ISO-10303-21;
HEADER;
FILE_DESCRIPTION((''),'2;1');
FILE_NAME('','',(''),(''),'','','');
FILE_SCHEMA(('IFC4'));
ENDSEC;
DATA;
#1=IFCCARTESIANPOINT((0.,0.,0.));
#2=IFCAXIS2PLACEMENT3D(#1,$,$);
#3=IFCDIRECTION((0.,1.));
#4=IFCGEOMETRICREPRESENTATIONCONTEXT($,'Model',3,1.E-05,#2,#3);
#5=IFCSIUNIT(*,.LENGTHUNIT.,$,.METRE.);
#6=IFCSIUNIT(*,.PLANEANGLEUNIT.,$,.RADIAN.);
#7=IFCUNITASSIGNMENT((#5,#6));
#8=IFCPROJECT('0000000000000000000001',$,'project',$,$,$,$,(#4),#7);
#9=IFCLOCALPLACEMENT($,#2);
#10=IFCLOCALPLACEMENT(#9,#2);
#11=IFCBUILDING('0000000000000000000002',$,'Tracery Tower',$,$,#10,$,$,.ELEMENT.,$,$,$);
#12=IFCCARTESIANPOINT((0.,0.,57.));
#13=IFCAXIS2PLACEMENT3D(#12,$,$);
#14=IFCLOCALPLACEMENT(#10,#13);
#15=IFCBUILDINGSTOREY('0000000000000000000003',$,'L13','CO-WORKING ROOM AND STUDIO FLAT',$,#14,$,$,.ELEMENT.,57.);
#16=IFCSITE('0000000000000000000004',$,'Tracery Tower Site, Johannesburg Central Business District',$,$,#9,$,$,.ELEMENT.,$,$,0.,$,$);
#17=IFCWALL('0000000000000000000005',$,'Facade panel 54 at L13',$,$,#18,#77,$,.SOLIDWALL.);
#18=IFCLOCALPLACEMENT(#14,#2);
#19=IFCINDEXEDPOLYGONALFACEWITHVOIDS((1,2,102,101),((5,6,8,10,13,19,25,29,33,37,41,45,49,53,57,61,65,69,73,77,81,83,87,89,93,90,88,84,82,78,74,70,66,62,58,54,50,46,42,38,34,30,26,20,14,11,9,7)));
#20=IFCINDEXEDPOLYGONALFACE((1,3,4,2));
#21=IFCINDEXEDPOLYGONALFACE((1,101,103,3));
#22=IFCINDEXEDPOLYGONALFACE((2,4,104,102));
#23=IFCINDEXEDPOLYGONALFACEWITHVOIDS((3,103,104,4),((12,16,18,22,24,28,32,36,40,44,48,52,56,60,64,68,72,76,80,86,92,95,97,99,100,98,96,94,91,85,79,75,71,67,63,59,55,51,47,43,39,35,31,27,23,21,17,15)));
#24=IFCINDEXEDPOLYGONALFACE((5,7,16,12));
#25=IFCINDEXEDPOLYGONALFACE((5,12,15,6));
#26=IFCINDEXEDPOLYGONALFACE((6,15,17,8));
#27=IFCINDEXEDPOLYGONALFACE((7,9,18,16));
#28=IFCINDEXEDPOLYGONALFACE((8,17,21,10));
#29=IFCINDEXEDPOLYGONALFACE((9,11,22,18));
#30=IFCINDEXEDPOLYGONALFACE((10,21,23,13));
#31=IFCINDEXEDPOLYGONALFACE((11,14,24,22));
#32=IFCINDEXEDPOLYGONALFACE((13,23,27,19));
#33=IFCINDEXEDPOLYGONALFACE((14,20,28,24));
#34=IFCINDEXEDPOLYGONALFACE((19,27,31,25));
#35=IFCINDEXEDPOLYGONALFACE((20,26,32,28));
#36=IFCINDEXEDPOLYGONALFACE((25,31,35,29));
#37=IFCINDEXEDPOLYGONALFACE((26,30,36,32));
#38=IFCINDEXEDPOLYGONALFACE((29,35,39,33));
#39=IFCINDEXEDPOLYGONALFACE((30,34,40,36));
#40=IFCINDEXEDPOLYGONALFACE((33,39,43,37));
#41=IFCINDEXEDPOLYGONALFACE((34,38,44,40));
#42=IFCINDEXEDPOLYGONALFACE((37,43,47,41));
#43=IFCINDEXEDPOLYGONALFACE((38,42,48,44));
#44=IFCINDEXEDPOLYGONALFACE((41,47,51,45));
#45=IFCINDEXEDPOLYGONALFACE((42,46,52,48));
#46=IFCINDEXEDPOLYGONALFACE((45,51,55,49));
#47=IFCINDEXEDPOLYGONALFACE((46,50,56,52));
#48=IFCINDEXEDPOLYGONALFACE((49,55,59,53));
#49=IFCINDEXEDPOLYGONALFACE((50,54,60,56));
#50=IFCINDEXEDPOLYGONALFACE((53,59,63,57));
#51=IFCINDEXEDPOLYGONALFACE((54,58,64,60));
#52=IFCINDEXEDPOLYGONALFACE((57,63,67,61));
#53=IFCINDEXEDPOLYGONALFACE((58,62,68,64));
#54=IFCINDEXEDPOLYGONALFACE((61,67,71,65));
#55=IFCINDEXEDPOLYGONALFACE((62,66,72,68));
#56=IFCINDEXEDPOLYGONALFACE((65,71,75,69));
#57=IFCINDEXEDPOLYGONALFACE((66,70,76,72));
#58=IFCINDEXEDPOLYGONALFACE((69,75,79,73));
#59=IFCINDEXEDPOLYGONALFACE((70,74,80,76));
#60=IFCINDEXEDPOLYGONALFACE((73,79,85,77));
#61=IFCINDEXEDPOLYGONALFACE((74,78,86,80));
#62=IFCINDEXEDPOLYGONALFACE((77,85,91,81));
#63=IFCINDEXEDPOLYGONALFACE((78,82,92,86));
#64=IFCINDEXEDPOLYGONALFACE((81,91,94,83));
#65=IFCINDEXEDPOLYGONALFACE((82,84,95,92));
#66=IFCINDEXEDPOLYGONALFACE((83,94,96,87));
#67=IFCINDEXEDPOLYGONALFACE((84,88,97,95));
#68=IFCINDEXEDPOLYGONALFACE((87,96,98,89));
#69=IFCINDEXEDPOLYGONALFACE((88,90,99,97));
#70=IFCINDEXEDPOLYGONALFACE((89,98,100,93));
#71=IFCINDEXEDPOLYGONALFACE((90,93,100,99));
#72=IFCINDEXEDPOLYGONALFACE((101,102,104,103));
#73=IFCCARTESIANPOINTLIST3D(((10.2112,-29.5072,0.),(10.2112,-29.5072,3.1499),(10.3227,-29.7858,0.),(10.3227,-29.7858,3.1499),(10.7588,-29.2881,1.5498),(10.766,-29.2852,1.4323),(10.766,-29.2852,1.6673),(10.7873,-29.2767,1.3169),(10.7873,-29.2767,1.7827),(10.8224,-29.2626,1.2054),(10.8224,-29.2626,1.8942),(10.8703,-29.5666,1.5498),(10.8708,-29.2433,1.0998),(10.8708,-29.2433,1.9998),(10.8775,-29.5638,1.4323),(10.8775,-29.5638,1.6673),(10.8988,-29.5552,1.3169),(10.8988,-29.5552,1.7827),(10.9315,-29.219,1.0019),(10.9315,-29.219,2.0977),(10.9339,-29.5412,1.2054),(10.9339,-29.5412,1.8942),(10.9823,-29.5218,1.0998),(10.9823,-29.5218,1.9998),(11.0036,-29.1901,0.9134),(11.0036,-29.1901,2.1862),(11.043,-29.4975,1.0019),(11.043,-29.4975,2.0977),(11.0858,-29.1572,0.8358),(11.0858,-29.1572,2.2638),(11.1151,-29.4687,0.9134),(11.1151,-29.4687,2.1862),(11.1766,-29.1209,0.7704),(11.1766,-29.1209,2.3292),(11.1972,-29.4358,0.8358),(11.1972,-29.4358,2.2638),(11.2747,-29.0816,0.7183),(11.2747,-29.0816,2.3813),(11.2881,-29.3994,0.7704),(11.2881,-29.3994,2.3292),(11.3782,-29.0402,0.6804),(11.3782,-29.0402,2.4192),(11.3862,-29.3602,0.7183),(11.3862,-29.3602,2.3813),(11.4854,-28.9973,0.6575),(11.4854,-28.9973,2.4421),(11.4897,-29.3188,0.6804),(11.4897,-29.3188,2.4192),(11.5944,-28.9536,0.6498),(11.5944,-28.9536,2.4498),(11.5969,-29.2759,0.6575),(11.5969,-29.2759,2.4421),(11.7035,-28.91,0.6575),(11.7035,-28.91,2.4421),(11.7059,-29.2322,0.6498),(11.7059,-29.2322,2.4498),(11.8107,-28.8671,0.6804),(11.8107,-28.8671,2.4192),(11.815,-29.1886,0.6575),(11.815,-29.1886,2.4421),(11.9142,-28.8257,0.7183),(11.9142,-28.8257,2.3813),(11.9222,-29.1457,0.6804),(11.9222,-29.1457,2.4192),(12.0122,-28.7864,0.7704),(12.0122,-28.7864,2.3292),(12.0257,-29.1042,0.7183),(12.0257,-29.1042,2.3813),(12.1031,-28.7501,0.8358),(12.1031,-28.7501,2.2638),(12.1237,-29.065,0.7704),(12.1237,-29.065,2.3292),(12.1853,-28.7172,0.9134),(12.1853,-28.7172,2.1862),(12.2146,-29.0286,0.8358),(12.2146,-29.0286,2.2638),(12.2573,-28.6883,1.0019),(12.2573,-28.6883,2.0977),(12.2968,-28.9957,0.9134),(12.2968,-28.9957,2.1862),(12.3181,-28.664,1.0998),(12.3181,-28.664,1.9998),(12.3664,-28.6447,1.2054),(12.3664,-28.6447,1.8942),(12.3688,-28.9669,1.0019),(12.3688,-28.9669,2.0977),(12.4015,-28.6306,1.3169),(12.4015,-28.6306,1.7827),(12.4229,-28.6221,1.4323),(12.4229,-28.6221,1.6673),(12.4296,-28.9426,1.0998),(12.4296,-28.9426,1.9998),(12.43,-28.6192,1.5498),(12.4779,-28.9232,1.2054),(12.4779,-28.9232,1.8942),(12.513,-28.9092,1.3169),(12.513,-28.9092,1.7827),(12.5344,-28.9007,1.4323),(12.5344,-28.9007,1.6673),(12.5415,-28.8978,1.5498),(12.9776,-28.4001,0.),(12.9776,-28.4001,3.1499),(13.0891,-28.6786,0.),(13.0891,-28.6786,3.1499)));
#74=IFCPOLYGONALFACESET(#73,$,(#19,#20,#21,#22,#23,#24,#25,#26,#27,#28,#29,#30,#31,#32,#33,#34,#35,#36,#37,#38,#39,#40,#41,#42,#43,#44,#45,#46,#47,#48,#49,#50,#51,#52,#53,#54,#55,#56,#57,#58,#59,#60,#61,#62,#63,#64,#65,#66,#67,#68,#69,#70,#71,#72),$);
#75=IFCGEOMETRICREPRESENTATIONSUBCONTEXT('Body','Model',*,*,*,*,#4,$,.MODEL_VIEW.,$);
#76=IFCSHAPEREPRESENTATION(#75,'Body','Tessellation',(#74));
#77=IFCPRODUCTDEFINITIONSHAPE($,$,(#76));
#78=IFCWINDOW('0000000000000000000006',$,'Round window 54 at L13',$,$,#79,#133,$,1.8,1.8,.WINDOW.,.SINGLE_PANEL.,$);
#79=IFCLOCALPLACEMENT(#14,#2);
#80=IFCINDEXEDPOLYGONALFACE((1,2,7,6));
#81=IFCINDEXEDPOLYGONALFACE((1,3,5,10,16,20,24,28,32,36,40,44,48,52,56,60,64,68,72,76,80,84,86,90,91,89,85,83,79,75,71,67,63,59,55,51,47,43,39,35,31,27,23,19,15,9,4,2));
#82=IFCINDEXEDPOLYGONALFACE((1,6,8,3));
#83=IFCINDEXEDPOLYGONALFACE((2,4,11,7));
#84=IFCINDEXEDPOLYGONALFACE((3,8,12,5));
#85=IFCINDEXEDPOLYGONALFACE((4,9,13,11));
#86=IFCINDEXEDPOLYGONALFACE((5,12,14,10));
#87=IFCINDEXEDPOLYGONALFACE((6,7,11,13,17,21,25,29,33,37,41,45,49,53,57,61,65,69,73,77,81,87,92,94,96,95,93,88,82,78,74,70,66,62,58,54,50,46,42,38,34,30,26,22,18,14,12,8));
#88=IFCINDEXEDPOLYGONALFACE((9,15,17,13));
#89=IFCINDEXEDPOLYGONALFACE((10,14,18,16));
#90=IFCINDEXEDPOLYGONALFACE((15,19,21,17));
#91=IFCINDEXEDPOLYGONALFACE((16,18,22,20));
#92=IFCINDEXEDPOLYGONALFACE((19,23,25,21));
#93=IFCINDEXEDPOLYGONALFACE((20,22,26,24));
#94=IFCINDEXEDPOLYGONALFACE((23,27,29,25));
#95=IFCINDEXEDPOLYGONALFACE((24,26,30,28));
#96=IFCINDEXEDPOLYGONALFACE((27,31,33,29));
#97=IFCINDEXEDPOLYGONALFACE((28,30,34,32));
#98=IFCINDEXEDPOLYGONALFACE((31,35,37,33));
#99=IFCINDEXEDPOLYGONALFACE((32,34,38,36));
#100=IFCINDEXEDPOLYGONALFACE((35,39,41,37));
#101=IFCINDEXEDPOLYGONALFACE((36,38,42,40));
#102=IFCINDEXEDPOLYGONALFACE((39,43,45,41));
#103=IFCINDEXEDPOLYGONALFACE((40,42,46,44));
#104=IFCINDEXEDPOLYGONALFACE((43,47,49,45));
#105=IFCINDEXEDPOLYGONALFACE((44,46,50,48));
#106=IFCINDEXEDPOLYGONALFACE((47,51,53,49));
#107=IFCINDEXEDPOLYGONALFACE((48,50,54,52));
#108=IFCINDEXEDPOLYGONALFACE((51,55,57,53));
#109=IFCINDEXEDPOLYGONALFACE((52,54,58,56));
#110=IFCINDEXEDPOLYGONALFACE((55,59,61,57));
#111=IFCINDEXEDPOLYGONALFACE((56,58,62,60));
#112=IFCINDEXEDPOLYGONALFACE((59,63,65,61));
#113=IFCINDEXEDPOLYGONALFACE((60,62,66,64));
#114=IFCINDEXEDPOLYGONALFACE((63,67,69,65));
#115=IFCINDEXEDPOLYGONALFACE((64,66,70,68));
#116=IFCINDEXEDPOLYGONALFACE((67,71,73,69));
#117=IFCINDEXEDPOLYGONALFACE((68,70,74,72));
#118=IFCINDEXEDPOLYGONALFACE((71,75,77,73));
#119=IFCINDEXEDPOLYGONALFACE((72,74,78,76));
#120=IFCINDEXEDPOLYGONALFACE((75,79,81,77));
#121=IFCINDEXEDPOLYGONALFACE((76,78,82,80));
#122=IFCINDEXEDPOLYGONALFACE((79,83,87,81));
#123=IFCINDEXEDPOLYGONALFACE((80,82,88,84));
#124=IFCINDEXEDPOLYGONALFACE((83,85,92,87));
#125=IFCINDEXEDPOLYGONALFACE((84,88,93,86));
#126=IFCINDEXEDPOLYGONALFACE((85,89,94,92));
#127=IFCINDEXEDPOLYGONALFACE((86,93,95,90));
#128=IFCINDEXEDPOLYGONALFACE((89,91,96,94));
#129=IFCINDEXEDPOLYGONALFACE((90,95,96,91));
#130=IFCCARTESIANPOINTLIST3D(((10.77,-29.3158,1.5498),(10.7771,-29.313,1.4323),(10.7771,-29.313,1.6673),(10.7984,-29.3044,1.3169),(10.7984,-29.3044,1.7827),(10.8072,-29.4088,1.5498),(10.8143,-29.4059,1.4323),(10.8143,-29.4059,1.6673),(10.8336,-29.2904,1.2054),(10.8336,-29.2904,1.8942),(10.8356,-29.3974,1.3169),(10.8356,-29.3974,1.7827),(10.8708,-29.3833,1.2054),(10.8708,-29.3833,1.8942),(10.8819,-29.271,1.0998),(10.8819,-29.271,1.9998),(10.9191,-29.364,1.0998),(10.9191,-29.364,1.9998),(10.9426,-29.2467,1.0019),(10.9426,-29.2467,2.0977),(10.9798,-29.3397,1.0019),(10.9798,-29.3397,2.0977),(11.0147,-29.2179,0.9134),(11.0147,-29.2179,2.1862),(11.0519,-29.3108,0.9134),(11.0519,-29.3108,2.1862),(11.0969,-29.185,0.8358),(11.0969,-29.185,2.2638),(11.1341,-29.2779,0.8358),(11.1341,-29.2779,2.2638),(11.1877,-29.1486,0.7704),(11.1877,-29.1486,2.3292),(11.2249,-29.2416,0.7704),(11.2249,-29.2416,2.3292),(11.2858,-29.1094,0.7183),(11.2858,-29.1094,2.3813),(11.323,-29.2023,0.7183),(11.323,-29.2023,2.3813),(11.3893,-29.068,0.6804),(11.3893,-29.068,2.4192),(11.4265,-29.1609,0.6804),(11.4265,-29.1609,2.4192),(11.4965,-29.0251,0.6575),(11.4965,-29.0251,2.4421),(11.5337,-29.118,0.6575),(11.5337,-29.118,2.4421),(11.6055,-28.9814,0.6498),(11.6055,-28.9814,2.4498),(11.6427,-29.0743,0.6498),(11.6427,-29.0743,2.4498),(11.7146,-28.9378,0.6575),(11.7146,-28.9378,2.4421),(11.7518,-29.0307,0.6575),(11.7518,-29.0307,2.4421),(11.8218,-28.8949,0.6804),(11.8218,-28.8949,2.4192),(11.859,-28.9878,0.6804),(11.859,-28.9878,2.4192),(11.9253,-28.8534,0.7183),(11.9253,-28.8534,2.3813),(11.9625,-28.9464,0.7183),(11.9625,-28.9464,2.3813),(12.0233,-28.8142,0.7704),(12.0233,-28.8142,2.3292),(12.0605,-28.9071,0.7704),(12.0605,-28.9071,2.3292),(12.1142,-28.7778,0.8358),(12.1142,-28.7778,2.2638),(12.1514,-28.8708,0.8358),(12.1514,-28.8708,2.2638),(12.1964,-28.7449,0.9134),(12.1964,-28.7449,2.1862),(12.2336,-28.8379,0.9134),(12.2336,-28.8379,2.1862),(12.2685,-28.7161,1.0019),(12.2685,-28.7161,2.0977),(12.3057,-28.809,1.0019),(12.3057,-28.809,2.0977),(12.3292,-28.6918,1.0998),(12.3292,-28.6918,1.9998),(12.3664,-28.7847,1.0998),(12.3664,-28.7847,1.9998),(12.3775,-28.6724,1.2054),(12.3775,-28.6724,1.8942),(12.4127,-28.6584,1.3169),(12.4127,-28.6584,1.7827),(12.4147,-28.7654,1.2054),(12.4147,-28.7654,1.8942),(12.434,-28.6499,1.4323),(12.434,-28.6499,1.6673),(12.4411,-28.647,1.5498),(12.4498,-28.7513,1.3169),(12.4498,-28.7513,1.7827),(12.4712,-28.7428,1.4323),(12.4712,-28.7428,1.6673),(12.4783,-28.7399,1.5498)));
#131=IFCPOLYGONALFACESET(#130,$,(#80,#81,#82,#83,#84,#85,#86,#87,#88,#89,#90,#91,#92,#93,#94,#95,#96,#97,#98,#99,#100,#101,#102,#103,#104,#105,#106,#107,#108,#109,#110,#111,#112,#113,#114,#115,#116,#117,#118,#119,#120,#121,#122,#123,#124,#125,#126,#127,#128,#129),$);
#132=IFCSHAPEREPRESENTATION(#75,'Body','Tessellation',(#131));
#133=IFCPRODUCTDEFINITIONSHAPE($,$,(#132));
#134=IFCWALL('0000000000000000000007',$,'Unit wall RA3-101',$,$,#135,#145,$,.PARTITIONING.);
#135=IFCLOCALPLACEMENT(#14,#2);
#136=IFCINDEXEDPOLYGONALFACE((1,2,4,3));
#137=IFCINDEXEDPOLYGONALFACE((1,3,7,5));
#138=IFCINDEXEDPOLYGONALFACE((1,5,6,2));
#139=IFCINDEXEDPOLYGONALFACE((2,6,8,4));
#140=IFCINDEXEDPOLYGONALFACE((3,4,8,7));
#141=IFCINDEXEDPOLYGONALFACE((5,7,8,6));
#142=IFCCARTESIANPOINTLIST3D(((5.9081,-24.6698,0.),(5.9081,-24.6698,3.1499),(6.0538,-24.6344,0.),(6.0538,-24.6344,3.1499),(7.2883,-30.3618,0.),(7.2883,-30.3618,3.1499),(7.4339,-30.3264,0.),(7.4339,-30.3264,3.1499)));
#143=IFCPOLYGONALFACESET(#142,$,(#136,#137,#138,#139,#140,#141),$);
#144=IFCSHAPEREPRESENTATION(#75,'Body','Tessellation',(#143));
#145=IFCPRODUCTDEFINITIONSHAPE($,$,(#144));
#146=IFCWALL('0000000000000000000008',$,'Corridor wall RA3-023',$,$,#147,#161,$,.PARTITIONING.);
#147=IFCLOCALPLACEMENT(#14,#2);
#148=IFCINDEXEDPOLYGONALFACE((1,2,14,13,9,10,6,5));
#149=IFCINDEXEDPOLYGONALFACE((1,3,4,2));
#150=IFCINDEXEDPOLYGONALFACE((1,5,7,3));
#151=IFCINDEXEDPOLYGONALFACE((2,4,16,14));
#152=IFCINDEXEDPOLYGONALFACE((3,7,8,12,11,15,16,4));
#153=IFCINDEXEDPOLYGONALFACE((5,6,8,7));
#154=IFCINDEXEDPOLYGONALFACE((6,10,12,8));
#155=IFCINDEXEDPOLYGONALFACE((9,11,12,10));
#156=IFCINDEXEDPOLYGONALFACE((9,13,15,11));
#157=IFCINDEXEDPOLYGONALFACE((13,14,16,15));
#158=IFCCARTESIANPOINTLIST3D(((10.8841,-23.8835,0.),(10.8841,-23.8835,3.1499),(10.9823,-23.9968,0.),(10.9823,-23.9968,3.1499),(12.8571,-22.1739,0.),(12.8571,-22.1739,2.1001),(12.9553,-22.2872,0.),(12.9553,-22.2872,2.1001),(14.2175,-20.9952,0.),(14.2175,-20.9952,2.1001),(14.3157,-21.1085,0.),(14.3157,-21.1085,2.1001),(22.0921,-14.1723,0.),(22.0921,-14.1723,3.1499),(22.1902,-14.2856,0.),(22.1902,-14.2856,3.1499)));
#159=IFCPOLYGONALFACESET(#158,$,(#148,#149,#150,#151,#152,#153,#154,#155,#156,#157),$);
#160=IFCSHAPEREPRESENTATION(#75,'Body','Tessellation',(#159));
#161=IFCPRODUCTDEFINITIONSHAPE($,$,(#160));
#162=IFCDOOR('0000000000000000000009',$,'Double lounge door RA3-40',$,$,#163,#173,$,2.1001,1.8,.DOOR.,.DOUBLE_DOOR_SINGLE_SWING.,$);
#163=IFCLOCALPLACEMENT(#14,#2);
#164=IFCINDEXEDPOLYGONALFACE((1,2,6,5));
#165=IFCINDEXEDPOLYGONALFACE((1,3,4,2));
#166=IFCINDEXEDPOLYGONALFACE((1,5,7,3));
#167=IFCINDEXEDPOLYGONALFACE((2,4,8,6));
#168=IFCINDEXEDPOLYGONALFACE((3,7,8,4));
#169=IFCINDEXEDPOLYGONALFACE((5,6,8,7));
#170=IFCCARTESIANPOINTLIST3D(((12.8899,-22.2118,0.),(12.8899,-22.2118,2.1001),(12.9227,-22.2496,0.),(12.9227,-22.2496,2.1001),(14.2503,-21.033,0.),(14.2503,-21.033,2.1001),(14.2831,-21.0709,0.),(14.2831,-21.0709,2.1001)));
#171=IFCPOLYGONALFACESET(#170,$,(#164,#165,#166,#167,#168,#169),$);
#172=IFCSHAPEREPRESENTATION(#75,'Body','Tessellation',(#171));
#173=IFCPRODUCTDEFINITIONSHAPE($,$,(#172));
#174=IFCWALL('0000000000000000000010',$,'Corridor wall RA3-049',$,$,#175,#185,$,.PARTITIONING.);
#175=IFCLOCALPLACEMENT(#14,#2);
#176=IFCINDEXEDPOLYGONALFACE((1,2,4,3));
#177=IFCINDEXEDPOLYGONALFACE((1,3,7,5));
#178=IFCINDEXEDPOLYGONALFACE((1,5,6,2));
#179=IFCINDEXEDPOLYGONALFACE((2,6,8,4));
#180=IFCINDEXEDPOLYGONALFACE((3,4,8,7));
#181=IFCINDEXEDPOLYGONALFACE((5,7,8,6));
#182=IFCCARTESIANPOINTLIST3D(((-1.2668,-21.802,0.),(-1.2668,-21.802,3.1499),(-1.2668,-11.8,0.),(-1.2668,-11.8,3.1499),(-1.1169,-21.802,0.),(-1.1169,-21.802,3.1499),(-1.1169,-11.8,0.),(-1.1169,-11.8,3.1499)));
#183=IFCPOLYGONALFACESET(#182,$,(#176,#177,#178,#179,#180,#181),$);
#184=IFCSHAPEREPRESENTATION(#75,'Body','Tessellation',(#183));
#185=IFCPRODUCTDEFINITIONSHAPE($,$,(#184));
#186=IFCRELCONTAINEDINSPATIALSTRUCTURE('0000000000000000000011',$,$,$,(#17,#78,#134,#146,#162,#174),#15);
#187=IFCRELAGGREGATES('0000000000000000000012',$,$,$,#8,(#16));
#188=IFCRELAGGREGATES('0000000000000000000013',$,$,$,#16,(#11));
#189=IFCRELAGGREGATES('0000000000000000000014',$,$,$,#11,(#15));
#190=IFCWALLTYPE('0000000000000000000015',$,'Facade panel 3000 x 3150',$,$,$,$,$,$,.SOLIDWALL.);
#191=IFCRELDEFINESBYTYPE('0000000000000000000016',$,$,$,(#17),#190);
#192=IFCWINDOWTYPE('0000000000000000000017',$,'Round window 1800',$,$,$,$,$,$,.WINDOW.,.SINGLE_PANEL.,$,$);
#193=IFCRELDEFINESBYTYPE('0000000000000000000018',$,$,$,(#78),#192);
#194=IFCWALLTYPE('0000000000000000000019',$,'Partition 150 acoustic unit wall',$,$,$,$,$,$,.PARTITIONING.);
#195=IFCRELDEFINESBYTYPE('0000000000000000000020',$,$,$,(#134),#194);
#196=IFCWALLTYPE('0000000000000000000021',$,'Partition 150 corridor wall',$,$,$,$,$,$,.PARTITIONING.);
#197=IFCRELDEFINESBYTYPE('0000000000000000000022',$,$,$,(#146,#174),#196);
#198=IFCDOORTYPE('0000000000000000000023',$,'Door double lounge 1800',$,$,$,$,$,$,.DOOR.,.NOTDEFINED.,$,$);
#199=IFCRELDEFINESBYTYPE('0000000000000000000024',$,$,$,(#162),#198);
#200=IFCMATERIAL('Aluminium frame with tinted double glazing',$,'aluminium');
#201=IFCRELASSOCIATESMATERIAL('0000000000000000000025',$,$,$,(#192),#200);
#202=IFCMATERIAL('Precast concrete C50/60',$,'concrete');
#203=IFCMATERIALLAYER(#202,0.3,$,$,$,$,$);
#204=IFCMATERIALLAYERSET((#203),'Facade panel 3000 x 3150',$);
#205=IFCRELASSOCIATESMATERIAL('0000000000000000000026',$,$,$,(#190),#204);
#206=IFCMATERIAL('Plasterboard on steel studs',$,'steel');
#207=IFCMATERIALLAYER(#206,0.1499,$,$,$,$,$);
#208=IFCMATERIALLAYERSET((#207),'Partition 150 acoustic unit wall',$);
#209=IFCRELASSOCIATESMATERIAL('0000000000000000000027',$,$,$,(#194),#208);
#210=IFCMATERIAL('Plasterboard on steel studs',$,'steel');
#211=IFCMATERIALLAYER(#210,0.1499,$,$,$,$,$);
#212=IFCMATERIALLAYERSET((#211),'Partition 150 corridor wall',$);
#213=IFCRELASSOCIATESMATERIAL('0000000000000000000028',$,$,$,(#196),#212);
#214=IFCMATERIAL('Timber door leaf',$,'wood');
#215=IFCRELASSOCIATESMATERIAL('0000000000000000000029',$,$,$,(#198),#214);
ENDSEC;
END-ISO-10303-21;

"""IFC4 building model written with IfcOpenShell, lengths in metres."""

from ifc_helpers import new_model, si_unit, direction, frame, frame_2d, origin, origin_2d, place, context, subcontext, project, spatial, rectangle, circle, extrude, material, layer, layer_set, type_object, element, fill, save


model = new_model("IFC4")

# Units and contexts
model_context = context("Model", 3, precision=1e-05, world=origin(), true_north=direction((0.0, 1.0)))
body_context = subcontext(model_context, "Body", "Model", "MODEL_VIEW")
ifc_project = project(units=[si_unit("LENGTHUNIT", "METRE"), si_unit("PLANEANGLEUNIT", "RADIAN")], contexts=[model_context])

# Site, building, storey
site_placement = place(None, origin())
site = spatial("IfcSite", under=ifc_project, at=site_placement, Name="Tracery Tower Site, Johannesburg Central Business District", CompositionType="ELEMENT", RefElevation=0.0)
building_placement = place(site_placement, origin())
building = spatial("IfcBuilding", under=site, at=building_placement, Name="Tracery Tower", CompositionType="ELEMENT")
storey_placement = place(building_placement, frame((0.0, 0.0, 57.0)))
storey = spatial("IfcBuildingStorey", under=building, at=storey_placement, Name="L13", Description="CO-WORKING ROOM AND STUDIO FLAT", CompositionType="ELEMENT", Elevation=57.0)

# Wall, opening, window
ifc_material_1 = material(Name="Aluminium frame with tinted double glazing", Category="aluminium")
window_type = type_object("IfcWindowType", Name="Round window 1800", PartitioningType="SINGLE_PANEL", PredefinedType="WINDOW", material=ifc_material_1)
ifc_material_2 = material(Name="Precast concrete C50/60", Category="concrete")
ifc_layer_1 = layer(ifc_material_2, 0.3)
ifc_layer_set_1 = layer_set([ifc_layer_1], Name="Facade panel 3000 x 3150")
wall_type_1 = type_object("IfcWallType", Name="Facade panel 3000 x 3150", PredefinedType="SOLIDWALL", material=ifc_layer_set_1)
wall_1_placement = place(storey_placement, frame((10.2671, -29.6465, 0.0), z_axis=(0.0, 0.0, 1.0), x_axis=(0.928403, 0.371574, 0.0)))
wall_1 = element("IfcWall", 1, at=wall_1_placement, inside=storey, type_object=wall_type_1, Name="Facade panel 54 at L13", PredefinedType="SOLIDWALL", context=body_context, shape_type="SweptSolid", body=[
    extrude(rectangle(XDim=2.9797, YDim=0.3, at=frame_2d((1.4897, 0.0))), origin(), (0.0, 0.0, 1.0), 3.1499),
])
opening_1_placement = place(wall_1_placement, frame((1.4897, 0.0, 1.5498)))
opening_1 = element("IfcOpeningElement", 2, at=opening_1_placement, cuts=wall_1, PredefinedType="OPENING", context=body_context, shape_type="SweptSolid", body=[
    extrude(circle(Radius=0.9, at=origin_2d()), frame((0.0, 0.1599, 0.0), z_axis=(0.0, -1.0, 0.0), x_axis=(1.0, 0.0, 0.0)), (0.0, 0.0, 1.0), 0.3201),
])
window_1_placement = place(opening_1_placement, origin())
window_1 = element("IfcWindow", 3, at=window_1_placement, inside=storey, type_object=window_type, Name="Round window 54 at L13", OverallHeight=1.8, OverallWidth=1.8, PartitioningType="SINGLE_PANEL", PredefinedType="WINDOW", context=body_context, shape_type="SweptSolid", body=[
    extrude(circle(Radius=0.9, at=origin_2d()), frame((0.0, 0.1201, 0.0), z_axis=(0.0, -1.0, 0.0), x_axis=(1.0, 0.0, 0.0)), (0.0, 0.0, 1.0), 0.1001),
])
fill(opening_1, window_1)

# Wall
ifc_material_3 = material(Name="Plasterboard on steel studs", Category="steel")
ifc_layer_2 = layer(ifc_material_3, 0.1499)
ifc_layer_set_2 = layer_set([ifc_layer_2], Name="Partition 150 acoustic unit wall")
wall_type_2 = type_object("IfcWallType", Name="Partition 150 acoustic unit wall", PredefinedType="PARTITIONING", material=ifc_layer_set_2)
wall_2_placement = place(storey_placement, frame((5.981, -24.6521, 0.0), z_axis=(0.0, 0.0, 1.0), x_axis=(0.235644, -0.971839, 0.0)))
element("IfcWall", 4, at=wall_2_placement, inside=storey, type_object=wall_type_2, Name="Unit wall RA3-101", PredefinedType="PARTITIONING", context=body_context, shape_type="SweptSolid", body=[
    extrude(rectangle(XDim=5.8569, YDim=0.1499, at=frame_2d((2.9285, 0.0))), origin(), (0.0, 0.0, 1.0), 3.1499),
])

# Wall, opening, door
ifc_material_4 = material(Name="Plasterboard on steel studs", Category="steel")
ifc_layer_3 = layer(ifc_material_4, 0.1499)
ifc_layer_set_3 = layer_set([ifc_layer_3], Name="Partition 150 corridor wall")
wall_type_3 = type_object("IfcWallType", Name="Partition 150 corridor wall", PredefinedType="PARTITIONING", material=ifc_layer_set_3)
wall_3_placement = place(storey_placement, frame((10.9331, -23.9402, 0.0), z_axis=(0.0, 0.0, 1.0), x_axis=(0.75577, 0.654837, 0.0)))
wall_3 = element("IfcWall", 5, at=wall_3_placement, inside=storey, type_object=wall_type_3, Name="Corridor wall RA3-023", PredefinedType="PARTITIONING", context=body_context, shape_type="SweptSolid", body=[
    extrude(rectangle(XDim=14.8298, YDim=0.1499, at=frame_2d((7.415, 0.0))), origin(), (0.0, 0.0, 1.0), 3.1499),
])
opening_2_placement = place(wall_3_placement, frame((2.6108, 0.0, 0.0)))
opening_2 = element("IfcOpeningElement", 6, at=opening_2_placement, cuts=wall_3, PredefinedType="OPENING", context=body_context, shape_type="SweptSolid", body=[
    extrude(rectangle(XDim=1.8, YDim=2.1001, at=frame_2d((0.8999, 1.05))), frame((0.0, 0.075, 0.0), z_axis=(0.0, -1.0, 0.0), x_axis=(1.0, 0.0, 0.0)), (0.0, 0.0, 1.0), 0.1499),
])
ifc_material_5 = material(Name="Timber door leaf", Category="wood")
door_type_1 = type_object("IfcDoorType", Name="Door double lounge 1800", OperationType="NOTDEFINED", PredefinedType="DOOR", material=ifc_material_5)
door_1_placement = place(opening_2_placement, origin())
door_1 = element("IfcDoor", 7, at=door_1_placement, inside=storey, type_object=door_type_1, Name="Double lounge door RA3-40", OperationType="DOUBLE_DOOR_SINGLE_SWING", OverallHeight=2.1001, OverallWidth=1.8, PredefinedType="DOOR", context=body_context, shape_type="SweptSolid", body=[
    extrude(rectangle(XDim=1.8, YDim=2.1001, at=frame_2d((0.8999, 1.05))), frame((0.0, 0.0249, 0.0), z_axis=(0.0, -1.0, 0.0), x_axis=(1.0, 0.0, 0.0)), (0.0, 0.0, 1.0), 0.05),
])
fill(opening_2, door_1)

# Wall
wall_4_placement = place(storey_placement, frame((-1.1919, -21.802, 0.0), z_axis=(0.0, 0.0, 1.0), x_axis=(0.0, 1.0, 0.0)))
element("IfcWall", 8, at=wall_4_placement, inside=storey, type_object=wall_type_3, Name="Corridor wall RA3-049", PredefinedType="PARTITIONING", context=body_context, shape_type="SweptSolid", body=[
    extrude(rectangle(XDim=10.002, YDim=0.1499, at=frame_2d((5.001, 0.0))), origin(), (0.0, 0.0, 1.0), 3.1499),
])

save(model, "model.ifc")
